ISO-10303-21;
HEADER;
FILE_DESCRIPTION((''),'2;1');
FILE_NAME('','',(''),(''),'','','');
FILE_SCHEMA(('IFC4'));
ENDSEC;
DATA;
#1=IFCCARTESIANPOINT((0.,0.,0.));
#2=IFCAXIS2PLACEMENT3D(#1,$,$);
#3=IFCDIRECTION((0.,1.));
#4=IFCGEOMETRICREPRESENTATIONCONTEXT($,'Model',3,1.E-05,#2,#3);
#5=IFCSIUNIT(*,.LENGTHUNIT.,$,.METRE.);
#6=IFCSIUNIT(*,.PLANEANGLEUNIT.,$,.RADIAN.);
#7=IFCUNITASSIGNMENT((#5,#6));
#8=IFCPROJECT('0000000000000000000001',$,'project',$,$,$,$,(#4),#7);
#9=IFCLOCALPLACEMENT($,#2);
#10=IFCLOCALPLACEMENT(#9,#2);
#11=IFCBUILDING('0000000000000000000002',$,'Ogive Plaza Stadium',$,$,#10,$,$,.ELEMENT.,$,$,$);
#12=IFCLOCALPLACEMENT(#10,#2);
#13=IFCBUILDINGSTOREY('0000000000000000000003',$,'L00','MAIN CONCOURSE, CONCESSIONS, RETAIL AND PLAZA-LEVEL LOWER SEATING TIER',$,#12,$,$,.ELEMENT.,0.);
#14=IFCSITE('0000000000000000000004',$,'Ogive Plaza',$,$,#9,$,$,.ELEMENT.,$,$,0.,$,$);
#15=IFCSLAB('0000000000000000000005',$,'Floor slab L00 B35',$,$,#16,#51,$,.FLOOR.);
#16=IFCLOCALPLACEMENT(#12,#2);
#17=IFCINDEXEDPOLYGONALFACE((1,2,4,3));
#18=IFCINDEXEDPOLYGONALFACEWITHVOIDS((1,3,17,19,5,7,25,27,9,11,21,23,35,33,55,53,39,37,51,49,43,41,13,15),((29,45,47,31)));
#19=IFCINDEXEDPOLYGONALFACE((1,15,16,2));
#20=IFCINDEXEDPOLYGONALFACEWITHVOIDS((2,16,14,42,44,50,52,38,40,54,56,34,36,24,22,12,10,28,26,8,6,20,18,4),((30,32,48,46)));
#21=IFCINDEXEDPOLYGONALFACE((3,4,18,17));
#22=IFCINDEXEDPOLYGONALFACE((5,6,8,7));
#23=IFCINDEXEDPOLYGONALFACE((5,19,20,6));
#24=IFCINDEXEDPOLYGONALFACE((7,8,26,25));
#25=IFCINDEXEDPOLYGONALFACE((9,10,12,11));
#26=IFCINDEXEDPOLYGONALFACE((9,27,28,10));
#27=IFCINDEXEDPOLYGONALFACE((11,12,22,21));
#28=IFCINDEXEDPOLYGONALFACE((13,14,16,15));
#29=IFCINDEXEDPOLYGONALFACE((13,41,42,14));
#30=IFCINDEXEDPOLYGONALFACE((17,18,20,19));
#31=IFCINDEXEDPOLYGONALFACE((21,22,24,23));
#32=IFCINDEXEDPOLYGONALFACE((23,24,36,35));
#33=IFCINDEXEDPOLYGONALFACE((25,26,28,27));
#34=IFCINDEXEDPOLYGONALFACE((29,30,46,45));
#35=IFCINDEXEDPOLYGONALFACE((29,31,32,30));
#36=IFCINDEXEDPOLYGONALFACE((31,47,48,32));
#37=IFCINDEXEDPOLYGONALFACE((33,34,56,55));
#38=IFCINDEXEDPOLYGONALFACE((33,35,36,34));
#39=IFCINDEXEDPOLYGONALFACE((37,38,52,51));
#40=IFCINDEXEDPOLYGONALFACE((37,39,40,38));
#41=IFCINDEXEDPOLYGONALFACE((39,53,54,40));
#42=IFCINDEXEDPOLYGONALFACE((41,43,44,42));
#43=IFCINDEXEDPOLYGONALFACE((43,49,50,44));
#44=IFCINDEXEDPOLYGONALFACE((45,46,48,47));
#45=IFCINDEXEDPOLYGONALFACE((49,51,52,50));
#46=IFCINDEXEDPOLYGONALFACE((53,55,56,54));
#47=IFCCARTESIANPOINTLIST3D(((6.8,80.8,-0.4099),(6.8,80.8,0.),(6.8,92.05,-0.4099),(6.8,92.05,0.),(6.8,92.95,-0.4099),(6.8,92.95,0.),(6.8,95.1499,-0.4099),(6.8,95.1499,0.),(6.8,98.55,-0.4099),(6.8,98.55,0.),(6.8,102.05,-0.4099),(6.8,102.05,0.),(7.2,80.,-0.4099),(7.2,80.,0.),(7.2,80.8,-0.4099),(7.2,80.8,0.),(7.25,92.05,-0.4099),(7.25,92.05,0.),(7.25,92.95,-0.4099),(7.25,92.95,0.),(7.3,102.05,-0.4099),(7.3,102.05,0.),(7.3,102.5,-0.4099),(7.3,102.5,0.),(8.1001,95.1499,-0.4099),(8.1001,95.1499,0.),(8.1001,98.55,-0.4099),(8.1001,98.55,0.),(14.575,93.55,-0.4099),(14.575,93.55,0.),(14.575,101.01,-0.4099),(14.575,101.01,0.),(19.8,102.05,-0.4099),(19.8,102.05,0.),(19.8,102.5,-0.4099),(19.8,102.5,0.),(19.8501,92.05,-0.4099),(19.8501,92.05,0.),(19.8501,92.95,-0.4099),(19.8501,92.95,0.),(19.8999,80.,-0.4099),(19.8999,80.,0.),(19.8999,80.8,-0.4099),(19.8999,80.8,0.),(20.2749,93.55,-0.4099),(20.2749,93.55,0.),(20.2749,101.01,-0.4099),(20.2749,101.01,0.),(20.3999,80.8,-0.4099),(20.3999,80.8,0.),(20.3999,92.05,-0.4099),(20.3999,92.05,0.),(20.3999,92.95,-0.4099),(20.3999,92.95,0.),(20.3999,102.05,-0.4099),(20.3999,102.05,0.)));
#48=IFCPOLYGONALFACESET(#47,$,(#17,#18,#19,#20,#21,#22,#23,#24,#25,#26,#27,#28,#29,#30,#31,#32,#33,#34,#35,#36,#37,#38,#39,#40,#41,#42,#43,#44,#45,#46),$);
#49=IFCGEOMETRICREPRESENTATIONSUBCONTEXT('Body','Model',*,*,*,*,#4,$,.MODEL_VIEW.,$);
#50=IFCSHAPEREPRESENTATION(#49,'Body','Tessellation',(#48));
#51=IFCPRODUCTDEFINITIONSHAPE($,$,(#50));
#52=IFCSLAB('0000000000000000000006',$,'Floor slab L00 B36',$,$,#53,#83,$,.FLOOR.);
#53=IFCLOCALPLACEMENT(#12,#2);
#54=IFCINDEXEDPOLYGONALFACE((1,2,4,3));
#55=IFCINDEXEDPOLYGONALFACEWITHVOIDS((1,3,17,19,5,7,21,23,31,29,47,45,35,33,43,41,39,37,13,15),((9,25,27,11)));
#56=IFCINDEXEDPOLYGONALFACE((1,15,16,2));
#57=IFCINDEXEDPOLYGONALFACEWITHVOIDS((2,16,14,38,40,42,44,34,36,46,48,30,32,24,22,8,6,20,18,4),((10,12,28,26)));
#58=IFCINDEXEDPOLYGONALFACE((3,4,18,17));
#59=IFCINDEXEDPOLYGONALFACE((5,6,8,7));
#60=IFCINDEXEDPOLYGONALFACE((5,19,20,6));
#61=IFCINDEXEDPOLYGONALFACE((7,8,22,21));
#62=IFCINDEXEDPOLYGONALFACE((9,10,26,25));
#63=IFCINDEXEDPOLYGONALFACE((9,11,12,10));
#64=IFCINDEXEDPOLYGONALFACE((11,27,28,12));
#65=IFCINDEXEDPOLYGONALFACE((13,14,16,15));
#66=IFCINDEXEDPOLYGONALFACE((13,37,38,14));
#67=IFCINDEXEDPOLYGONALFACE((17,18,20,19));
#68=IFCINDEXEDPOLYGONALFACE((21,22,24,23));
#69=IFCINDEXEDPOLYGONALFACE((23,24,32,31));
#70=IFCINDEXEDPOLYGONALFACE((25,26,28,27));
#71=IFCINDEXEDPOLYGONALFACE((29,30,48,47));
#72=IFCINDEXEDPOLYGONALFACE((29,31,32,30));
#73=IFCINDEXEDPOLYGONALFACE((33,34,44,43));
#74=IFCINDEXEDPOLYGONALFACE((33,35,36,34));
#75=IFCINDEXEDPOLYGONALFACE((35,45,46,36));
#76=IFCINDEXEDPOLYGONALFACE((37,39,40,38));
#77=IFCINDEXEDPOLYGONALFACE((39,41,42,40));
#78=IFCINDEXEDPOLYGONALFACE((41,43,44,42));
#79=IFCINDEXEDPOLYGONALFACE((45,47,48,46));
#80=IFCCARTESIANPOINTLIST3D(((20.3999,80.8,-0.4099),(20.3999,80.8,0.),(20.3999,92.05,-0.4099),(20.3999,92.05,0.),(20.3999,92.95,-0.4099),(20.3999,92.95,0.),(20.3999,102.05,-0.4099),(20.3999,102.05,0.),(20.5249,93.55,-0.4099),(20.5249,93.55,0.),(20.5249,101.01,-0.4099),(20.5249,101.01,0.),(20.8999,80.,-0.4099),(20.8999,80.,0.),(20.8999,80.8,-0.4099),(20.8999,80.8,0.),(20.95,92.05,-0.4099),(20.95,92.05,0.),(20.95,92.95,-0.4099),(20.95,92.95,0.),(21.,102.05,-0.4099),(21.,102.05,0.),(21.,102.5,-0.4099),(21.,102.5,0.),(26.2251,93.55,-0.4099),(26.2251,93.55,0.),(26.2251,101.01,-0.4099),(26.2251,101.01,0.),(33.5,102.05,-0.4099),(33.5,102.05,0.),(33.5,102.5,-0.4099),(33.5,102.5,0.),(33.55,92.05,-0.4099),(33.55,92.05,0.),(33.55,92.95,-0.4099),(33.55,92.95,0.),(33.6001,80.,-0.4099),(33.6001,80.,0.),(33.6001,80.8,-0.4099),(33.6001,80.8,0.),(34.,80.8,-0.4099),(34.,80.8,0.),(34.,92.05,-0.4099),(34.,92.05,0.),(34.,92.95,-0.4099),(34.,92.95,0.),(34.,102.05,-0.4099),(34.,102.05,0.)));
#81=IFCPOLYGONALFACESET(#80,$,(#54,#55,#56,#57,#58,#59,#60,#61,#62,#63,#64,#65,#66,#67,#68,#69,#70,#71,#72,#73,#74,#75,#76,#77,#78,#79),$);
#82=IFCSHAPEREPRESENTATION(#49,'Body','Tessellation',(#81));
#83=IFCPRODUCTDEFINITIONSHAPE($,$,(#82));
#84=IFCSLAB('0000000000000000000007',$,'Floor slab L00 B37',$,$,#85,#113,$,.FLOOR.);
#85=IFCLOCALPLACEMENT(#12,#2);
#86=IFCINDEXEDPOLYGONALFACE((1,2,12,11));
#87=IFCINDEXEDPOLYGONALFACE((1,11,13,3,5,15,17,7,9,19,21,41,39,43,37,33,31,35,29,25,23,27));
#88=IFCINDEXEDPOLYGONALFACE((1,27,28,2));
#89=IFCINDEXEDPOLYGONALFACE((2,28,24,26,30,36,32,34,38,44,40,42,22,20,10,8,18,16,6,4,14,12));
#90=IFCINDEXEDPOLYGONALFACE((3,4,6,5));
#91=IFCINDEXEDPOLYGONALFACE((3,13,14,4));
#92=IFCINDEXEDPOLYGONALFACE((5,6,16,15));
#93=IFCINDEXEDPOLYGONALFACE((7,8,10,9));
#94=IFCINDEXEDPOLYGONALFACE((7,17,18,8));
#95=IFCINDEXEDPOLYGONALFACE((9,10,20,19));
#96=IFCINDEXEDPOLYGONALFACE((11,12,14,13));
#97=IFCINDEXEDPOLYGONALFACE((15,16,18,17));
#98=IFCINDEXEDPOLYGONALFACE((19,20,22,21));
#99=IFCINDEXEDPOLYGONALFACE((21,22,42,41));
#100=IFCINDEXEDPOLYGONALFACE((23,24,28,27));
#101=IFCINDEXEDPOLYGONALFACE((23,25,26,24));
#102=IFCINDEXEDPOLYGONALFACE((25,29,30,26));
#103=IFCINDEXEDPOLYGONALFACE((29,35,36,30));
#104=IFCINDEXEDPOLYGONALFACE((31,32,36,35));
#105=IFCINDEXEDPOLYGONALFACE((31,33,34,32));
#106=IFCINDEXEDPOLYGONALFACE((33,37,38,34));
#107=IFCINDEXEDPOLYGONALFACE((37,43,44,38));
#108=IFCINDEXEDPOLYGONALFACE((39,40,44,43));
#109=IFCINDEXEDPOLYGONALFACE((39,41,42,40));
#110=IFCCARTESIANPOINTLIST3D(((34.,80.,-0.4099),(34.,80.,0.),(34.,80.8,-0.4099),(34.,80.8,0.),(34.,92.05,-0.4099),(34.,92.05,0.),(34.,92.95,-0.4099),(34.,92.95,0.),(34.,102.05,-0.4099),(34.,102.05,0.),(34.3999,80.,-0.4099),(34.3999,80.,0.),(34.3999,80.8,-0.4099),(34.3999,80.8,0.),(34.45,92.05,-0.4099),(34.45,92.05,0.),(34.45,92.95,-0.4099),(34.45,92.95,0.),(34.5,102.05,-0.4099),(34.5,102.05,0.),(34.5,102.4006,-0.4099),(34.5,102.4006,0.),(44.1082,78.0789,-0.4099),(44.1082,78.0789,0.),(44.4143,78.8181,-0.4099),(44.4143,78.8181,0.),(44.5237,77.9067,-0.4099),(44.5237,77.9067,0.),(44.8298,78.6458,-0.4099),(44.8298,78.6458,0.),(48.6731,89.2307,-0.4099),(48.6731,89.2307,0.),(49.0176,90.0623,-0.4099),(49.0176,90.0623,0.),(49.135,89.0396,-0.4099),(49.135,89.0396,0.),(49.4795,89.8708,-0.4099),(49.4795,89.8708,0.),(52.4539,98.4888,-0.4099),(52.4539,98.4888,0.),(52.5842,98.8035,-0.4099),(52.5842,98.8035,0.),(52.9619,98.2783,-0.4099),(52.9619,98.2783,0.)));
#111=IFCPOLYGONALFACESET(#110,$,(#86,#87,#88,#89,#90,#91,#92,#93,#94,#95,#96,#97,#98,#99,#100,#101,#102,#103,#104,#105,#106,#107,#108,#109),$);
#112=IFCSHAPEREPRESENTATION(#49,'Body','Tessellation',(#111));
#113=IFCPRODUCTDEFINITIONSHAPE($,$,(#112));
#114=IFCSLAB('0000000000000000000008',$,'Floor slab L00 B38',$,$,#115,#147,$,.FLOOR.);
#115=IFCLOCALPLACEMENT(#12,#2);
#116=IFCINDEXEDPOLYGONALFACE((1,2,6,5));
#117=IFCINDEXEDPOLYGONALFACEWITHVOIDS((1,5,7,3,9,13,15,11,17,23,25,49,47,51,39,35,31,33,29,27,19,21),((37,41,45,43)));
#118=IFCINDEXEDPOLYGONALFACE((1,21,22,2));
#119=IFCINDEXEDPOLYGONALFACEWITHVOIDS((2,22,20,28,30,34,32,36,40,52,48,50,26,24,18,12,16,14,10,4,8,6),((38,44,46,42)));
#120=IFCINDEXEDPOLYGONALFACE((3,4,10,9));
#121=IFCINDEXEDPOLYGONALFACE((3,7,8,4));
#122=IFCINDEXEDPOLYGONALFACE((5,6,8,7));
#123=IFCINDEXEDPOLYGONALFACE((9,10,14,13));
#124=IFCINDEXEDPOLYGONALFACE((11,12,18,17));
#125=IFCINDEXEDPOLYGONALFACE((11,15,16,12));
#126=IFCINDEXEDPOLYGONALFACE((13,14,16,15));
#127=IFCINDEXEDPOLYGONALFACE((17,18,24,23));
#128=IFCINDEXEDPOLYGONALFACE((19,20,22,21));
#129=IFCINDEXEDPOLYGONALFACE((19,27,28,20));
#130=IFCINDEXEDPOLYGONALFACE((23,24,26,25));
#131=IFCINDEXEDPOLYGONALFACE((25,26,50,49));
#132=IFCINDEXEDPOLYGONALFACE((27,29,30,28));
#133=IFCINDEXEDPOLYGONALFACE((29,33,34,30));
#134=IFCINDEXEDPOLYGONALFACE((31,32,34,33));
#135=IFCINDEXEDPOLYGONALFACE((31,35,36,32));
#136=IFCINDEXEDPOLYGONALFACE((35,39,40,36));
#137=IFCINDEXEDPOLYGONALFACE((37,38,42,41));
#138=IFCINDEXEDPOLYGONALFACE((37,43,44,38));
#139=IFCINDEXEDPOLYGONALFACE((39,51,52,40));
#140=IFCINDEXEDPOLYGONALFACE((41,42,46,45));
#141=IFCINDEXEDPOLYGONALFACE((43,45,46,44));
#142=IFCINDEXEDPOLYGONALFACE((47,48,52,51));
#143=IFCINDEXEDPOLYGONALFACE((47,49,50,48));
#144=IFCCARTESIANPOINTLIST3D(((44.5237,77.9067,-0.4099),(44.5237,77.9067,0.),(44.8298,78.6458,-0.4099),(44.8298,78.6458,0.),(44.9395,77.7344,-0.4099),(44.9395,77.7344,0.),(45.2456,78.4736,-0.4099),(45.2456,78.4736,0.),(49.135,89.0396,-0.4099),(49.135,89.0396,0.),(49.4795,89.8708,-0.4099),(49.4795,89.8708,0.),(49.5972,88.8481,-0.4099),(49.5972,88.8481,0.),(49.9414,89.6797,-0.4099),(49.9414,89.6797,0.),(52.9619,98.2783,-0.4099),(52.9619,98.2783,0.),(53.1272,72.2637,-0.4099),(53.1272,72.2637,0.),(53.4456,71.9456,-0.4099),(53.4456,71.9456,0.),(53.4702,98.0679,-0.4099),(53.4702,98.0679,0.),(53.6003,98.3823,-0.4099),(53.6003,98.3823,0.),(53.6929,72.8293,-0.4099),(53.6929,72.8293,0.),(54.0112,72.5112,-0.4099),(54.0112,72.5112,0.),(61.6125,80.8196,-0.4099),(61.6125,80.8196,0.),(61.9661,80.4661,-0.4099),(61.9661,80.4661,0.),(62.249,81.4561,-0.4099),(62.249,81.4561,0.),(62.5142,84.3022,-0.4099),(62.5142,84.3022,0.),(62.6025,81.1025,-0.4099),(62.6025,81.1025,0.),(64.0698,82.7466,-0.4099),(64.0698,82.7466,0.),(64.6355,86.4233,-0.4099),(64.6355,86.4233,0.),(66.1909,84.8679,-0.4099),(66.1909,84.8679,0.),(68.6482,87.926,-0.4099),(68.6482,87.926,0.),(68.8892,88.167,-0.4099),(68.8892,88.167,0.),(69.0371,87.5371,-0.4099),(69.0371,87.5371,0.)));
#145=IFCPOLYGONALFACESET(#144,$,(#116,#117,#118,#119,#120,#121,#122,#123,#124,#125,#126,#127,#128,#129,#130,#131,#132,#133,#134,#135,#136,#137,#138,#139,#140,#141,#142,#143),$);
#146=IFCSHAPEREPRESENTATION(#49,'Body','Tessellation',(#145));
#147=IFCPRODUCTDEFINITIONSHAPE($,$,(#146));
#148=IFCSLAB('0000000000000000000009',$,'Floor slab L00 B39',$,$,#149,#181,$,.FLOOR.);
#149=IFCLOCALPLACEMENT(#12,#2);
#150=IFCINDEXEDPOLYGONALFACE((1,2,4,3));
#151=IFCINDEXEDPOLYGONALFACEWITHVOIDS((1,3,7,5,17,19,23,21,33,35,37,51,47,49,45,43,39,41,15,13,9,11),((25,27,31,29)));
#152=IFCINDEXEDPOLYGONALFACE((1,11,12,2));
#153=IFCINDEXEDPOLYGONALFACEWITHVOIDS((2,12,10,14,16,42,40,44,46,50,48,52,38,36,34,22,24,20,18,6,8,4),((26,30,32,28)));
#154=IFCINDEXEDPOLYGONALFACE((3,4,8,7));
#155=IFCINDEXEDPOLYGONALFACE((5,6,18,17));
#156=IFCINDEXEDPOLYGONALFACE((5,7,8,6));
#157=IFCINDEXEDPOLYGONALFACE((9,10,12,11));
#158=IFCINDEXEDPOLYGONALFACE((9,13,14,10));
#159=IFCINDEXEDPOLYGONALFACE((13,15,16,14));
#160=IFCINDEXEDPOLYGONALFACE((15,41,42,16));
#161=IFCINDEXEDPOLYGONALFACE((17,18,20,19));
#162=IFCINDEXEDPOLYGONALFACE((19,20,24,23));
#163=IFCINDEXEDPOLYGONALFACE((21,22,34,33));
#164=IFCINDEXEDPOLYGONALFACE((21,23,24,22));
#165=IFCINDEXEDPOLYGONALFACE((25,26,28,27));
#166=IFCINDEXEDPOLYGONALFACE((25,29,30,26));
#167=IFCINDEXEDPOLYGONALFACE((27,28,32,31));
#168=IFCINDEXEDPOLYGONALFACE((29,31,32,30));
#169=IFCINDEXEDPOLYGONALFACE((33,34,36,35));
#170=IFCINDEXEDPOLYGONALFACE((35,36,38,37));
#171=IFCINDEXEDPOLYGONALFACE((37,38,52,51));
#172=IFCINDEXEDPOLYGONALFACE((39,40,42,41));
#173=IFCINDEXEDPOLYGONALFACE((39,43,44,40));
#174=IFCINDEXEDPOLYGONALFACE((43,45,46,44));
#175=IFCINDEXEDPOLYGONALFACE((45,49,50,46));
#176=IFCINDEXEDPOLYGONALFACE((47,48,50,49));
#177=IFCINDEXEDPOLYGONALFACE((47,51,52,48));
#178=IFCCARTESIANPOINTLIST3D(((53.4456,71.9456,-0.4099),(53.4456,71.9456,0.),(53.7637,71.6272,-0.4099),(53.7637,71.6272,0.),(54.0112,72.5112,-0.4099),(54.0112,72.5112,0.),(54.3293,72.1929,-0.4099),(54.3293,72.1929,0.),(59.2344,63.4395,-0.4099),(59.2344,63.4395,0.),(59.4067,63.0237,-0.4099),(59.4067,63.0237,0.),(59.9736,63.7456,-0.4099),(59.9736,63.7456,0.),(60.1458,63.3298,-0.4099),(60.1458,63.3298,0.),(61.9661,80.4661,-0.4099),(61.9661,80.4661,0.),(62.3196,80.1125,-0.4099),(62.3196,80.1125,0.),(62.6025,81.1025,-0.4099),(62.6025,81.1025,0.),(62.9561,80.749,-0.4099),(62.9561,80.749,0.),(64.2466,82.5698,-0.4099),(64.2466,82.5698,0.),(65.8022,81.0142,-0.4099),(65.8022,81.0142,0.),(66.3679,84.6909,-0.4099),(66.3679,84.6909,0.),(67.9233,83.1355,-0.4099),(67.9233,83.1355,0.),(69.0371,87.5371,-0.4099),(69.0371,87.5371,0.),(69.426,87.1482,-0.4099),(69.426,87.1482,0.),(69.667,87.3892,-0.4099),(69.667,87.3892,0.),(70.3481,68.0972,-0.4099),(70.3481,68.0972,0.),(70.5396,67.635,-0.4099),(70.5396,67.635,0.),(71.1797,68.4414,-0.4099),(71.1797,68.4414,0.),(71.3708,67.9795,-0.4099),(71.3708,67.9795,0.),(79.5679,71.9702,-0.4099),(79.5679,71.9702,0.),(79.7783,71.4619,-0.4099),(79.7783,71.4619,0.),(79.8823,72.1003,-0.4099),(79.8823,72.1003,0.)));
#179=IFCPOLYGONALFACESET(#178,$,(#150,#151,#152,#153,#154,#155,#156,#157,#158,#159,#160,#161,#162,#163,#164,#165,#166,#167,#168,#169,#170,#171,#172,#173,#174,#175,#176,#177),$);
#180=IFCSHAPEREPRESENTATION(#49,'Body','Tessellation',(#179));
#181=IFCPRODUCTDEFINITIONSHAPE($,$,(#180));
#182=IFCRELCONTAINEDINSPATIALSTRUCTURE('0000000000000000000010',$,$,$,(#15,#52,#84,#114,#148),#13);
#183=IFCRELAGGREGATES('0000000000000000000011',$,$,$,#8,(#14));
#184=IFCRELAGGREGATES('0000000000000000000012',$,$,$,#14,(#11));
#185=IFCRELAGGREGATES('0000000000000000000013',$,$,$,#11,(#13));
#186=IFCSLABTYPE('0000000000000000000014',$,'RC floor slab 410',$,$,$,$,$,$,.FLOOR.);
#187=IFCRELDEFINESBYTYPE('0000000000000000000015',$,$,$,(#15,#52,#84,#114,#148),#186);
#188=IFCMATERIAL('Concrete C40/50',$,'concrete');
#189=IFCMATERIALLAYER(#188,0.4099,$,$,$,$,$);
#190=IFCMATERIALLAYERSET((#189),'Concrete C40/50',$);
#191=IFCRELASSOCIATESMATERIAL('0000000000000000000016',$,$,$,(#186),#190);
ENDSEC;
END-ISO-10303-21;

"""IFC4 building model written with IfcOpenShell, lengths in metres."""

from ifc_helpers import new_model, si_unit, direction, frame, origin, place, context, subcontext, project, spatial, polyline, outline, extrude, material, layer, layer_set, type_object, element, save


model = new_model("IFC4")

# Units and contexts
model_context = context("Model", 3, precision=1e-05, world=origin(), true_north=direction((0.0, 1.0)))
body_context = subcontext(model_context, "Body", "Model", "MODEL_VIEW")
ifc_project = project(units=[si_unit("LENGTHUNIT", "METRE"), si_unit("PLANEANGLEUNIT", "RADIAN")], contexts=[model_context])

# Site, building, storey
site_placement = place(None, origin())
site = spatial("IfcSite", under=ifc_project, at=site_placement, Name="Ogive Plaza", CompositionType="ELEMENT", RefElevation=0.0)
building_placement = place(site_placement, origin())
building = spatial("IfcBuilding", under=site, at=building_placement, Name="Ogive Plaza Stadium", CompositionType="ELEMENT")
storey_placement = place(building_placement, origin())
storey = spatial("IfcBuildingStorey", under=building, at=storey_placement, Name="L00", Description="MAIN CONCOURSE, CONCESSIONS, RETAIL AND PLAZA-LEVEL LOWER SEATING TIER", CompositionType="ELEMENT", Elevation=0.0)

# Slabs
ifc_material = material(Name="Concrete C40/50", Category="concrete")
ifc_layer = layer(ifc_material, 0.4099)
ifc_layer_set = layer_set([ifc_layer], Name="Concrete C40/50")
slab_type = type_object("IfcSlabType", Name="RC floor slab 410", PredefinedType="FLOOR", material=ifc_layer_set)
slab_1_placement = place(storey_placement, frame((0.0, 0.0, -0.4099)))
element("IfcSlab", 1, at=slab_1_placement, inside=storey, type_object=slab_type, Name="Floor slab L00 B35", PredefinedType="FLOOR", context=body_context, shape_type="SweptSolid", body=[
    extrude(outline(polyline([(20.3999, 92.05), (19.8501, 92.05), (19.8501, 92.95), (20.3999, 92.95), (20.3999, 102.05), (19.8, 102.05), (19.8, 102.5), (7.3, 102.5), (7.3, 102.05), (6.8, 102.05), (6.8, 98.55), (8.1001, 98.55), (8.1001, 95.1499), (6.8, 95.1499), (6.8, 92.95), (7.25, 92.95), (7.25, 92.05), (6.8, 92.05), (6.8, 80.8), (7.2, 80.8), (7.2, 80.0), (19.8999, 80.0), (19.8999, 80.8), (20.3999, 80.8), (20.3999, 92.05)]), holes=[polyline([(20.2749, 93.55), (20.2749, 101.01), (14.575, 101.01), (14.575, 93.55), (20.2749, 93.55)])]), origin(), (0.0, 0.0, 1.0), 0.4099),
])
slab_2_placement = place(storey_placement, frame((0.0, 0.0, -0.4099)))
element("IfcSlab", 2, at=slab_2_placement, inside=storey, type_object=slab_type, Name="Floor slab L00 B36", PredefinedType="FLOOR", context=body_context, shape_type="SweptSolid", body=[
    extrude(outline(polyline([(34.0, 92.05), (33.55, 92.05), (33.55, 92.95), (34.0, 92.95), (34.0, 102.05), (33.5, 102.05), (33.5, 102.5), (21.0, 102.5), (21.0, 102.05), (20.3999, 102.05), (20.3999, 92.95), (20.95, 92.95), (20.95, 92.05), (20.3999, 92.05), (20.3999, 80.8), (20.8999, 80.8), (20.8999, 80.0), (33.6001, 80.0), (33.6001, 80.8), (34.0, 80.8), (34.0, 92.05)]), holes=[polyline([(26.2251, 93.55), (26.2251, 101.01), (20.5249, 101.01), (20.5249, 93.55), (26.2251, 93.55)])]), origin(), (0.0, 0.0, 1.0), 0.4099),
])
slab_3_placement = place(storey_placement, frame((0.0, 0.0, -0.4099)))
element("IfcSlab", 3, at=slab_3_placement, inside=storey, type_object=slab_type, Name="Floor slab L00 B37", PredefinedType="FLOOR", context=body_context, shape_type="SweptSolid", body=[
    extrude(outline(polyline([(49.135, 89.0396), (48.6731, 89.2307), (49.0176, 90.0623), (49.4795, 89.8708), (52.9619, 98.2783), (52.4539, 98.4888), (52.5842, 98.8035), (34.5, 102.4006), (34.5, 102.05), (34.0, 102.05), (34.0, 92.95), (34.45, 92.95), (34.45, 92.05), (34.0, 92.05), (34.0, 80.8), (34.3999, 80.8), (34.3999, 80.0), (34.0, 80.0), (44.5237, 77.9067), (44.1082, 78.0789), (44.4143, 78.8181), (44.8298, 78.6458), (49.135, 89.0396)])), origin(), (0.0, 0.0, 1.0), 0.4099),
])
slab_4_placement = place(storey_placement, frame((0.0, 0.0, -0.4099)))
element("IfcSlab", 4, at=slab_4_placement, inside=storey, type_object=slab_type, Name="Floor slab L00 B38", PredefinedType="FLOOR", context=body_context, shape_type="SweptSolid", body=[
    extrude(outline(polyline([(61.9661, 80.4661), (61.6125, 80.8196), (62.249, 81.4561), (62.6025, 81.1025), (69.0371, 87.5371), (68.6482, 87.926), (68.8892, 88.167), (53.6003, 98.3823), (53.4702, 98.0679), (52.9619, 98.2783), (49.4795, 89.8708), (49.9414, 89.6797), (49.5972, 88.8481), (49.135, 89.0396), (44.8298, 78.6458), (45.2456, 78.4736), (44.9395, 77.7344), (44.5237, 77.9067), (53.4456, 71.9456), (53.1272, 72.2637), (53.6929, 72.8293), (54.0112, 72.5112), (61.9661, 80.4661)]), holes=[polyline([(64.0698, 82.7466), (66.1909, 84.8679), (64.6355, 86.4233), (62.5142, 84.3022), (64.0698, 82.7466)])]), origin(), (0.0, 0.0, 1.0), 0.4099),
])
slab_5_placement = place(storey_placement, frame((0.0, 0.0, -0.4099)))
element("IfcSlab", 5, at=slab_5_placement, inside=storey, type_object=slab_type, Name="Floor slab L00 B39", PredefinedType="FLOOR", context=body_context, shape_type="SweptSolid", body=[
    extrude(outline(polyline([(70.5396, 67.635), (70.3481, 68.0972), (71.1797, 68.4414), (71.3708, 67.9795), (79.7783, 71.4619), (79.5679, 71.9702), (79.8823, 72.1003), (69.667, 87.3892), (69.426, 87.1482), (69.0371, 87.5371), (62.6025, 81.1025), (62.9561, 80.749), (62.3196, 80.1125), (61.9661, 80.4661), (54.0112, 72.5112), (54.3293, 72.1929), (53.7637, 71.6272), (53.4456, 71.9456), (59.4067, 63.0237), (59.2344, 63.4395), (59.9736, 63.7456), (60.1458, 63.3298), (70.5396, 67.635)]), holes=[polyline([(65.8022, 81.0142), (67.9233, 83.1355), (66.3679, 84.6909), (64.2466, 82.5698), (65.8022, 81.0142)])]), origin(), (0.0, 0.0, 1.0), 0.4099),
])

save(model, "model.ifc")
